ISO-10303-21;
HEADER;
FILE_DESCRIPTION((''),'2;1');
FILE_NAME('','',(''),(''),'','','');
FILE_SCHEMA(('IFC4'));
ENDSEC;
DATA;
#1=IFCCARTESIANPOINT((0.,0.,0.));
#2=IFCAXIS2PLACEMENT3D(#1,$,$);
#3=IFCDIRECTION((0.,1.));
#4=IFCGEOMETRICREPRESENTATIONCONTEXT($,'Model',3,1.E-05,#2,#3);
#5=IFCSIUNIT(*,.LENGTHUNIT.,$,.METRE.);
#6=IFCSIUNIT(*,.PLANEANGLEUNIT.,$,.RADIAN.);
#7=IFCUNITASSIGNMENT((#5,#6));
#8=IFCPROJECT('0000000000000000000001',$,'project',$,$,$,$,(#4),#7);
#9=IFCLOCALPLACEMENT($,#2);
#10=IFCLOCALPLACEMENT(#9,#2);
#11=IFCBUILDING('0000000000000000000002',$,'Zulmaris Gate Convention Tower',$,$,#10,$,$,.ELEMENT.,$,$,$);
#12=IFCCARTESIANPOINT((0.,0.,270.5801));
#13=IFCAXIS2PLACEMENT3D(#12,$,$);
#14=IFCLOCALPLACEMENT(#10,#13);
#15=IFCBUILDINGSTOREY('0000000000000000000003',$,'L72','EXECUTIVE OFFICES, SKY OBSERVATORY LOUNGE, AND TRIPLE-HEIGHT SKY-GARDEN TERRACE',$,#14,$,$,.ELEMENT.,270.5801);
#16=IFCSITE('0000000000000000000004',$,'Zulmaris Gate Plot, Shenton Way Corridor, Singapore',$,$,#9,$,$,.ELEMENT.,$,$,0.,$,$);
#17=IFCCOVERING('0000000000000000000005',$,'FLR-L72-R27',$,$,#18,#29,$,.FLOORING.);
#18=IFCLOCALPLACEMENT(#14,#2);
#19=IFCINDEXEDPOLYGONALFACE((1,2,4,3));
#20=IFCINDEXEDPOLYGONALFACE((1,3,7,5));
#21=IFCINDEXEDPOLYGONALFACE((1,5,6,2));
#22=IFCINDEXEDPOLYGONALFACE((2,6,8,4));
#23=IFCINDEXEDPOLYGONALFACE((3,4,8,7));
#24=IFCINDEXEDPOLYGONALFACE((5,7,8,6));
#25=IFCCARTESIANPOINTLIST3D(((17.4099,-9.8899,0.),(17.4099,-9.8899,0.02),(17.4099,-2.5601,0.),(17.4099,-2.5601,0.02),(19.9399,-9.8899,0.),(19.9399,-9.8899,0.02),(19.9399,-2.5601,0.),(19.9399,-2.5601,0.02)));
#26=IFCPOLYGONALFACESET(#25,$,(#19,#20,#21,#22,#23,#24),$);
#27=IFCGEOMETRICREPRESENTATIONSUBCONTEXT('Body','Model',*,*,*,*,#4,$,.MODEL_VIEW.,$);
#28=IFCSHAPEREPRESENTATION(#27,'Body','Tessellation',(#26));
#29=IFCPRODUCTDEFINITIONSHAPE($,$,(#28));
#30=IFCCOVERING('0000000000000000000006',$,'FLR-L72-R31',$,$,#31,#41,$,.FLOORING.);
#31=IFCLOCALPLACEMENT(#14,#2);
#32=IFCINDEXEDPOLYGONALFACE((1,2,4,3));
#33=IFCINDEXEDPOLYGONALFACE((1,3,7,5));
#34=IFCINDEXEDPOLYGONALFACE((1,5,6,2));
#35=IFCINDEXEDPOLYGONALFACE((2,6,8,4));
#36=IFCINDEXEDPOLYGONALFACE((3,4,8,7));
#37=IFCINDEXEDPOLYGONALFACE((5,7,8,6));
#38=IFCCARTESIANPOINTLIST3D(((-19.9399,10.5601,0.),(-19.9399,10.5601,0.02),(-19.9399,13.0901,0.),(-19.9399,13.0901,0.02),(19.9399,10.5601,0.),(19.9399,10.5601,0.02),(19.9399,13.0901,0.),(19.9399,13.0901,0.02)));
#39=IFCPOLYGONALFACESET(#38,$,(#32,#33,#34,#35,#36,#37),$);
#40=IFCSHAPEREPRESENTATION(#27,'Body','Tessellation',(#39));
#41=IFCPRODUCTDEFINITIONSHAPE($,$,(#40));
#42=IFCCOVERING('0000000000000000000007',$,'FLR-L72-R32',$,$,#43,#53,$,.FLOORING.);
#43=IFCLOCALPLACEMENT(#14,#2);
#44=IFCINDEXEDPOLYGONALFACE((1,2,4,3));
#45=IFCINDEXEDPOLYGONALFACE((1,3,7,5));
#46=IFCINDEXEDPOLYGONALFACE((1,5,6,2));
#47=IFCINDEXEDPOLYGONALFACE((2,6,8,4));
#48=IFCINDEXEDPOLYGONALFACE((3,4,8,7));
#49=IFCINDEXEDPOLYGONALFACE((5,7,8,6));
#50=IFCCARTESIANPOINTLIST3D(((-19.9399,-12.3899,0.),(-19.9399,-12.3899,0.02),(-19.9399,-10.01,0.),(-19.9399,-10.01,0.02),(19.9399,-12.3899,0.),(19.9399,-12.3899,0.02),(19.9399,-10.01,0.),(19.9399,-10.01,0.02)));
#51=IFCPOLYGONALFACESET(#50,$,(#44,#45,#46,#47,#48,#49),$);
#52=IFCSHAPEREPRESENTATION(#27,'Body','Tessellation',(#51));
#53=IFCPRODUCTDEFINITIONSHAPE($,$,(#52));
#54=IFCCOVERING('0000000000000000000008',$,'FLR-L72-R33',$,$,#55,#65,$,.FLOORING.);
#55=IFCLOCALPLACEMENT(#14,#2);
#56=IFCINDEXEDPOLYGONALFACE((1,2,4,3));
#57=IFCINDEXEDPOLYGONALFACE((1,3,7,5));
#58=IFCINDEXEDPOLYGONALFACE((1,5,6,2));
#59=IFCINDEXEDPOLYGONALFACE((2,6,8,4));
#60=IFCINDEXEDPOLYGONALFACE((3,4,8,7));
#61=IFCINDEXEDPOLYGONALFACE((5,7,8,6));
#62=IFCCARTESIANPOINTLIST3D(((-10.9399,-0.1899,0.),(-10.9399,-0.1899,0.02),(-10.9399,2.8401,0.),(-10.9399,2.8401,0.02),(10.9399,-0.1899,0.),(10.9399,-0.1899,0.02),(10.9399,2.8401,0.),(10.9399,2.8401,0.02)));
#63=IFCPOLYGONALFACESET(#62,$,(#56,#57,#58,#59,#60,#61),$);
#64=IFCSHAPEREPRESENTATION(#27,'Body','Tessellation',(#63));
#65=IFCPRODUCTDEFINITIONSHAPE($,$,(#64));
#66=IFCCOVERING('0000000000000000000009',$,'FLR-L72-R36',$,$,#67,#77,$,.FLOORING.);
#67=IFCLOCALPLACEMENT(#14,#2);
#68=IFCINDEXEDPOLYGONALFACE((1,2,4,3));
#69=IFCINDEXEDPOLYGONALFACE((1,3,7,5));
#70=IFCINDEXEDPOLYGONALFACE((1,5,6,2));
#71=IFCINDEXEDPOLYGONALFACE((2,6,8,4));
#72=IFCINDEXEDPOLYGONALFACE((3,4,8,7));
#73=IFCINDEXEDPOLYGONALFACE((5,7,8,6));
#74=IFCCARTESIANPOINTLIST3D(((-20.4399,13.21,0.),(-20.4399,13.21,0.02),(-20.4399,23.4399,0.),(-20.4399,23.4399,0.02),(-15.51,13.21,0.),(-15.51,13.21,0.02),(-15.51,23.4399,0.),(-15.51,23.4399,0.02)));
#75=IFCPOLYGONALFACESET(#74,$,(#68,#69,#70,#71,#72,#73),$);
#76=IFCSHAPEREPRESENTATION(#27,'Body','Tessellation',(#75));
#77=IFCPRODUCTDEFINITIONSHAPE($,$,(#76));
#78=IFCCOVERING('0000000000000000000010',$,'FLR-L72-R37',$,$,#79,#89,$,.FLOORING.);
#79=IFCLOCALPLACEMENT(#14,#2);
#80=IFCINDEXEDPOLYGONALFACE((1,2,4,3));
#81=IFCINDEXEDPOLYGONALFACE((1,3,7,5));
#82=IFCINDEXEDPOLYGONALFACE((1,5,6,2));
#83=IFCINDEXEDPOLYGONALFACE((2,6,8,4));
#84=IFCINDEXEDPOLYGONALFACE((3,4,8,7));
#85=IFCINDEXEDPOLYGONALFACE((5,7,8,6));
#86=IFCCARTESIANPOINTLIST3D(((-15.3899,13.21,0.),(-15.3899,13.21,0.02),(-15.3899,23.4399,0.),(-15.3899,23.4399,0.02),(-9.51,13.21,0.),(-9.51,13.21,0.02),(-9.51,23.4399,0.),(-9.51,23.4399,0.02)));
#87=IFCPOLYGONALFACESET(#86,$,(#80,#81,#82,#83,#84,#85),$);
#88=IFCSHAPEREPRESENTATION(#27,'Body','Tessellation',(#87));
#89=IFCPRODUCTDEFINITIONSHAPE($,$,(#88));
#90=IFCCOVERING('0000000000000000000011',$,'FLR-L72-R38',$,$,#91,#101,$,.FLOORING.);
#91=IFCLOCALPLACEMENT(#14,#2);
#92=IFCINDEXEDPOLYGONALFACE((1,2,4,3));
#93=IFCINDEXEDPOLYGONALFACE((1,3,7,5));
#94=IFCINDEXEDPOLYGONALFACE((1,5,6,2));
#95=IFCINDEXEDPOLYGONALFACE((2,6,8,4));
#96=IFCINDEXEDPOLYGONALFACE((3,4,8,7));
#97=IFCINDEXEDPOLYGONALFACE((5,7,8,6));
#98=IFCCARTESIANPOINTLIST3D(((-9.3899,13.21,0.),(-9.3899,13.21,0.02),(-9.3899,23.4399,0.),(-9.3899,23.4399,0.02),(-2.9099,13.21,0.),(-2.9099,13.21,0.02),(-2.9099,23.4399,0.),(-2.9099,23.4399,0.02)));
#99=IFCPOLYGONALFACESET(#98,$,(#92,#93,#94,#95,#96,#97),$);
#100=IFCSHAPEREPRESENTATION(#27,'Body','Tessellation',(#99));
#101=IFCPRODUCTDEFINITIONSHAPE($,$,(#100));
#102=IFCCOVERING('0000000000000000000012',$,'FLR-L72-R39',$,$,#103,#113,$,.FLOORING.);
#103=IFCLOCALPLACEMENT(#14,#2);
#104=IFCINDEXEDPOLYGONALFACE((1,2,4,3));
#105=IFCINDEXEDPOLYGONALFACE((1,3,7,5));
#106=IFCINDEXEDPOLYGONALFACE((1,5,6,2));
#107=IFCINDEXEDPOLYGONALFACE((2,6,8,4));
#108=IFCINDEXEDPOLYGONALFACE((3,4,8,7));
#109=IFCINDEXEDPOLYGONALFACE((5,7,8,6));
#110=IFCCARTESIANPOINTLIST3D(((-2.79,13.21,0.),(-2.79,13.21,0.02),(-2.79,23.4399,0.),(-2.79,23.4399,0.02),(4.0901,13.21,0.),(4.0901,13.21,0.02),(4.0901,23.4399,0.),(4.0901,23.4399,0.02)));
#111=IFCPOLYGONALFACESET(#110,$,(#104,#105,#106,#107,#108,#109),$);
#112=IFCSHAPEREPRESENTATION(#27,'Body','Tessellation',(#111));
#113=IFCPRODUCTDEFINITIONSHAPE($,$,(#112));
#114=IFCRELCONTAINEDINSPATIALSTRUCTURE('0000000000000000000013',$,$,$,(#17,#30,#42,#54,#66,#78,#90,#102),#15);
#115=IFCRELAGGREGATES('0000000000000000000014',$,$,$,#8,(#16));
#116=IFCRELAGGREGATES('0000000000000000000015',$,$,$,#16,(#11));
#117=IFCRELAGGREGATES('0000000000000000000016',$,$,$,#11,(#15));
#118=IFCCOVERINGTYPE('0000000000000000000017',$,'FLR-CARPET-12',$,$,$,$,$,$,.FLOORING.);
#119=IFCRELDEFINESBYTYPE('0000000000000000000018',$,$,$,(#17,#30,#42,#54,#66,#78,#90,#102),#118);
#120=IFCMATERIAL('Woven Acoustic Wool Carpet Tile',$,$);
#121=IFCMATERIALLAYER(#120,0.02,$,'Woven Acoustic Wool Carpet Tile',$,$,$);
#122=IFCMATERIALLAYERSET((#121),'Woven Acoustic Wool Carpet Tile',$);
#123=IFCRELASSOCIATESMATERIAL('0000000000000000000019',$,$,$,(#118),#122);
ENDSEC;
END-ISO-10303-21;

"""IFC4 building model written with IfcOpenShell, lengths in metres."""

from ifc_helpers import new_model, si_unit, direction, frame, origin, place, context, subcontext, project, spatial, polyline, outline, extrude, material, layer, layer_set, type_object, element, save


model = new_model("IFC4")

# Units and contexts
model_context = context("Model", 3, precision=1e-05, world=origin(), true_north=direction((0.0, 1.0)))
body_context = subcontext(model_context, "Body", "Model", "MODEL_VIEW")
ifc_project = project(units=[si_unit("LENGTHUNIT", "METRE"), si_unit("PLANEANGLEUNIT", "RADIAN")], contexts=[model_context])

# Site, building, storey
site_placement = place(None, origin())
site = spatial("IfcSite", under=ifc_project, at=site_placement, Name="Zulmaris Gate Plot, Shenton Way Corridor, Singapore", CompositionType="ELEMENT", RefElevation=0.0)
building_placement = place(site_placement, origin())
building = spatial("IfcBuilding", under=site, at=building_placement, Name="Zulmaris Gate Convention Tower", CompositionType="ELEMENT")
storey_placement = place(building_placement, frame((0.0, 0.0, 270.5801)))
storey = spatial("IfcBuildingStorey", under=building, at=storey_placement, Name="L72", Description="EXECUTIVE OFFICES, SKY OBSERVATORY LOUNGE, AND TRIPLE-HEIGHT SKY-GARDEN TERRACE", CompositionType="ELEMENT", Elevation=270.5801)

# Coverings
ifc_material_1 = material(Name="Woven Acoustic Wool Carpet Tile")
ifc_layer_1 = layer(ifc_material_1, 0.02, Name="Woven Acoustic Wool Carpet Tile")
ifc_layer_set_1 = layer_set([ifc_layer_1], Name="Woven Acoustic Wool Carpet Tile")
covering_type_1 = type_object("IfcCoveringType", Name="FLR-CARPET-12", PredefinedType="FLOORING", material=ifc_layer_set_1)
covering_1_placement = place(storey_placement, origin())
element("IfcCovering", 1, at=covering_1_placement, inside=storey, type_object=covering_type_1, Name="FLR-L72-R27", PredefinedType="FLOORING", context=body_context, shape_type="SweptSolid", body=[
    extrude(outline(polyline([(17.4099, -9.8899), (19.9399, -9.8899), (19.9399, -2.5601), (17.4099, -2.5601), (17.4099, -9.8899)])), origin(), (0.0, 0.0, 1.0), 0.02),
])
covering_2_placement = place(storey_placement, origin())
element("IfcCovering", 2, at=covering_2_placement, inside=storey, type_object=covering_type_1, Name="FLR-L72-R31", PredefinedType="FLOORING", context=body_context, shape_type="SweptSolid", body=[
    extrude(outline(polyline([(-19.9399, 10.5601), (19.9399, 10.5601), (19.9399, 13.0901), (-19.9399, 13.0901), (-19.9399, 10.5601)])), origin(), (0.0, 0.0, 1.0), 0.02),
])
covering_3_placement = place(storey_placement, origin())
element("IfcCovering", 3, at=covering_3_placement, inside=storey, type_object=covering_type_1, Name="FLR-L72-R32", PredefinedType="FLOORING", context=body_context, shape_type="SweptSolid", body=[
    extrude(outline(polyline([(-19.9399, -12.3899), (19.9399, -12.3899), (19.9399, -10.01), (-19.9399, -10.01), (-19.9399, -12.3899)])), origin(), (0.0, 0.0, 1.0), 0.02),
])
covering_4_placement = place(storey_placement, origin())
element("IfcCovering", 4, at=covering_4_placement, inside=storey, type_object=covering_type_1, Name="FLR-L72-R33", PredefinedType="FLOORING", context=body_context, shape_type="SweptSolid", body=[
    extrude(outline(polyline([(-10.9399, -0.1899), (10.9399, -0.1899), (10.9399, 2.8401), (-10.9399, 2.8401), (-10.9399, -0.1899)])), origin(), (0.0, 0.0, 1.0), 0.02),
])
covering_5_placement = place(storey_placement, origin())
element("IfcCovering", 5, at=covering_5_placement, inside=storey, type_object=covering_type_1, Name="FLR-L72-R36", PredefinedType="FLOORING", context=body_context, shape_type="SweptSolid", body=[
    extrude(outline(polyline([(-20.4399, 13.21), (-15.51, 13.21), (-15.51, 23.4399), (-20.4399, 23.4399), (-20.4399, 13.21)])), origin(), (0.0, 0.0, 1.0), 0.02),
])
covering_6_placement = place(storey_placement, origin())
element("IfcCovering", 6, at=covering_6_placement, inside=storey, type_object=covering_type_1, Name="FLR-L72-R37", PredefinedType="FLOORING", context=body_context, shape_type="SweptSolid", body=[
    extrude(outline(polyline([(-15.3899, 13.21), (-9.51, 13.21), (-9.51, 23.4399), (-15.3899, 23.4399), (-15.3899, 13.21)])), origin(), (0.0, 0.0, 1.0), 0.02),
])
covering_7_placement = place(storey_placement, origin())
element("IfcCovering", 7, at=covering_7_placement, inside=storey, type_object=covering_type_1, Name="FLR-L72-R38", PredefinedType="FLOORING", context=body_context, shape_type="SweptSolid", body=[
    extrude(outline(polyline([(-9.3899, 13.21), (-2.9099, 13.21), (-2.9099, 23.4399), (-9.3899, 23.4399), (-9.3899, 13.21)])), origin(), (0.0, 0.0, 1.0), 0.02),
])
covering_8_placement = place(storey_placement, origin())
element("IfcCovering", 8, at=covering_8_placement, inside=storey, type_object=covering_type_1, Name="FLR-L72-R39", PredefinedType="FLOORING", context=body_context, shape_type="SweptSolid", body=[
    extrude(outline(polyline([(-2.79, 13.21), (4.0901, 13.21), (4.0901, 23.4399), (-2.79, 23.4399), (-2.79, 13.21)])), origin(), (0.0, 0.0, 1.0), 0.02),
])

save(model, "model.ifc")
